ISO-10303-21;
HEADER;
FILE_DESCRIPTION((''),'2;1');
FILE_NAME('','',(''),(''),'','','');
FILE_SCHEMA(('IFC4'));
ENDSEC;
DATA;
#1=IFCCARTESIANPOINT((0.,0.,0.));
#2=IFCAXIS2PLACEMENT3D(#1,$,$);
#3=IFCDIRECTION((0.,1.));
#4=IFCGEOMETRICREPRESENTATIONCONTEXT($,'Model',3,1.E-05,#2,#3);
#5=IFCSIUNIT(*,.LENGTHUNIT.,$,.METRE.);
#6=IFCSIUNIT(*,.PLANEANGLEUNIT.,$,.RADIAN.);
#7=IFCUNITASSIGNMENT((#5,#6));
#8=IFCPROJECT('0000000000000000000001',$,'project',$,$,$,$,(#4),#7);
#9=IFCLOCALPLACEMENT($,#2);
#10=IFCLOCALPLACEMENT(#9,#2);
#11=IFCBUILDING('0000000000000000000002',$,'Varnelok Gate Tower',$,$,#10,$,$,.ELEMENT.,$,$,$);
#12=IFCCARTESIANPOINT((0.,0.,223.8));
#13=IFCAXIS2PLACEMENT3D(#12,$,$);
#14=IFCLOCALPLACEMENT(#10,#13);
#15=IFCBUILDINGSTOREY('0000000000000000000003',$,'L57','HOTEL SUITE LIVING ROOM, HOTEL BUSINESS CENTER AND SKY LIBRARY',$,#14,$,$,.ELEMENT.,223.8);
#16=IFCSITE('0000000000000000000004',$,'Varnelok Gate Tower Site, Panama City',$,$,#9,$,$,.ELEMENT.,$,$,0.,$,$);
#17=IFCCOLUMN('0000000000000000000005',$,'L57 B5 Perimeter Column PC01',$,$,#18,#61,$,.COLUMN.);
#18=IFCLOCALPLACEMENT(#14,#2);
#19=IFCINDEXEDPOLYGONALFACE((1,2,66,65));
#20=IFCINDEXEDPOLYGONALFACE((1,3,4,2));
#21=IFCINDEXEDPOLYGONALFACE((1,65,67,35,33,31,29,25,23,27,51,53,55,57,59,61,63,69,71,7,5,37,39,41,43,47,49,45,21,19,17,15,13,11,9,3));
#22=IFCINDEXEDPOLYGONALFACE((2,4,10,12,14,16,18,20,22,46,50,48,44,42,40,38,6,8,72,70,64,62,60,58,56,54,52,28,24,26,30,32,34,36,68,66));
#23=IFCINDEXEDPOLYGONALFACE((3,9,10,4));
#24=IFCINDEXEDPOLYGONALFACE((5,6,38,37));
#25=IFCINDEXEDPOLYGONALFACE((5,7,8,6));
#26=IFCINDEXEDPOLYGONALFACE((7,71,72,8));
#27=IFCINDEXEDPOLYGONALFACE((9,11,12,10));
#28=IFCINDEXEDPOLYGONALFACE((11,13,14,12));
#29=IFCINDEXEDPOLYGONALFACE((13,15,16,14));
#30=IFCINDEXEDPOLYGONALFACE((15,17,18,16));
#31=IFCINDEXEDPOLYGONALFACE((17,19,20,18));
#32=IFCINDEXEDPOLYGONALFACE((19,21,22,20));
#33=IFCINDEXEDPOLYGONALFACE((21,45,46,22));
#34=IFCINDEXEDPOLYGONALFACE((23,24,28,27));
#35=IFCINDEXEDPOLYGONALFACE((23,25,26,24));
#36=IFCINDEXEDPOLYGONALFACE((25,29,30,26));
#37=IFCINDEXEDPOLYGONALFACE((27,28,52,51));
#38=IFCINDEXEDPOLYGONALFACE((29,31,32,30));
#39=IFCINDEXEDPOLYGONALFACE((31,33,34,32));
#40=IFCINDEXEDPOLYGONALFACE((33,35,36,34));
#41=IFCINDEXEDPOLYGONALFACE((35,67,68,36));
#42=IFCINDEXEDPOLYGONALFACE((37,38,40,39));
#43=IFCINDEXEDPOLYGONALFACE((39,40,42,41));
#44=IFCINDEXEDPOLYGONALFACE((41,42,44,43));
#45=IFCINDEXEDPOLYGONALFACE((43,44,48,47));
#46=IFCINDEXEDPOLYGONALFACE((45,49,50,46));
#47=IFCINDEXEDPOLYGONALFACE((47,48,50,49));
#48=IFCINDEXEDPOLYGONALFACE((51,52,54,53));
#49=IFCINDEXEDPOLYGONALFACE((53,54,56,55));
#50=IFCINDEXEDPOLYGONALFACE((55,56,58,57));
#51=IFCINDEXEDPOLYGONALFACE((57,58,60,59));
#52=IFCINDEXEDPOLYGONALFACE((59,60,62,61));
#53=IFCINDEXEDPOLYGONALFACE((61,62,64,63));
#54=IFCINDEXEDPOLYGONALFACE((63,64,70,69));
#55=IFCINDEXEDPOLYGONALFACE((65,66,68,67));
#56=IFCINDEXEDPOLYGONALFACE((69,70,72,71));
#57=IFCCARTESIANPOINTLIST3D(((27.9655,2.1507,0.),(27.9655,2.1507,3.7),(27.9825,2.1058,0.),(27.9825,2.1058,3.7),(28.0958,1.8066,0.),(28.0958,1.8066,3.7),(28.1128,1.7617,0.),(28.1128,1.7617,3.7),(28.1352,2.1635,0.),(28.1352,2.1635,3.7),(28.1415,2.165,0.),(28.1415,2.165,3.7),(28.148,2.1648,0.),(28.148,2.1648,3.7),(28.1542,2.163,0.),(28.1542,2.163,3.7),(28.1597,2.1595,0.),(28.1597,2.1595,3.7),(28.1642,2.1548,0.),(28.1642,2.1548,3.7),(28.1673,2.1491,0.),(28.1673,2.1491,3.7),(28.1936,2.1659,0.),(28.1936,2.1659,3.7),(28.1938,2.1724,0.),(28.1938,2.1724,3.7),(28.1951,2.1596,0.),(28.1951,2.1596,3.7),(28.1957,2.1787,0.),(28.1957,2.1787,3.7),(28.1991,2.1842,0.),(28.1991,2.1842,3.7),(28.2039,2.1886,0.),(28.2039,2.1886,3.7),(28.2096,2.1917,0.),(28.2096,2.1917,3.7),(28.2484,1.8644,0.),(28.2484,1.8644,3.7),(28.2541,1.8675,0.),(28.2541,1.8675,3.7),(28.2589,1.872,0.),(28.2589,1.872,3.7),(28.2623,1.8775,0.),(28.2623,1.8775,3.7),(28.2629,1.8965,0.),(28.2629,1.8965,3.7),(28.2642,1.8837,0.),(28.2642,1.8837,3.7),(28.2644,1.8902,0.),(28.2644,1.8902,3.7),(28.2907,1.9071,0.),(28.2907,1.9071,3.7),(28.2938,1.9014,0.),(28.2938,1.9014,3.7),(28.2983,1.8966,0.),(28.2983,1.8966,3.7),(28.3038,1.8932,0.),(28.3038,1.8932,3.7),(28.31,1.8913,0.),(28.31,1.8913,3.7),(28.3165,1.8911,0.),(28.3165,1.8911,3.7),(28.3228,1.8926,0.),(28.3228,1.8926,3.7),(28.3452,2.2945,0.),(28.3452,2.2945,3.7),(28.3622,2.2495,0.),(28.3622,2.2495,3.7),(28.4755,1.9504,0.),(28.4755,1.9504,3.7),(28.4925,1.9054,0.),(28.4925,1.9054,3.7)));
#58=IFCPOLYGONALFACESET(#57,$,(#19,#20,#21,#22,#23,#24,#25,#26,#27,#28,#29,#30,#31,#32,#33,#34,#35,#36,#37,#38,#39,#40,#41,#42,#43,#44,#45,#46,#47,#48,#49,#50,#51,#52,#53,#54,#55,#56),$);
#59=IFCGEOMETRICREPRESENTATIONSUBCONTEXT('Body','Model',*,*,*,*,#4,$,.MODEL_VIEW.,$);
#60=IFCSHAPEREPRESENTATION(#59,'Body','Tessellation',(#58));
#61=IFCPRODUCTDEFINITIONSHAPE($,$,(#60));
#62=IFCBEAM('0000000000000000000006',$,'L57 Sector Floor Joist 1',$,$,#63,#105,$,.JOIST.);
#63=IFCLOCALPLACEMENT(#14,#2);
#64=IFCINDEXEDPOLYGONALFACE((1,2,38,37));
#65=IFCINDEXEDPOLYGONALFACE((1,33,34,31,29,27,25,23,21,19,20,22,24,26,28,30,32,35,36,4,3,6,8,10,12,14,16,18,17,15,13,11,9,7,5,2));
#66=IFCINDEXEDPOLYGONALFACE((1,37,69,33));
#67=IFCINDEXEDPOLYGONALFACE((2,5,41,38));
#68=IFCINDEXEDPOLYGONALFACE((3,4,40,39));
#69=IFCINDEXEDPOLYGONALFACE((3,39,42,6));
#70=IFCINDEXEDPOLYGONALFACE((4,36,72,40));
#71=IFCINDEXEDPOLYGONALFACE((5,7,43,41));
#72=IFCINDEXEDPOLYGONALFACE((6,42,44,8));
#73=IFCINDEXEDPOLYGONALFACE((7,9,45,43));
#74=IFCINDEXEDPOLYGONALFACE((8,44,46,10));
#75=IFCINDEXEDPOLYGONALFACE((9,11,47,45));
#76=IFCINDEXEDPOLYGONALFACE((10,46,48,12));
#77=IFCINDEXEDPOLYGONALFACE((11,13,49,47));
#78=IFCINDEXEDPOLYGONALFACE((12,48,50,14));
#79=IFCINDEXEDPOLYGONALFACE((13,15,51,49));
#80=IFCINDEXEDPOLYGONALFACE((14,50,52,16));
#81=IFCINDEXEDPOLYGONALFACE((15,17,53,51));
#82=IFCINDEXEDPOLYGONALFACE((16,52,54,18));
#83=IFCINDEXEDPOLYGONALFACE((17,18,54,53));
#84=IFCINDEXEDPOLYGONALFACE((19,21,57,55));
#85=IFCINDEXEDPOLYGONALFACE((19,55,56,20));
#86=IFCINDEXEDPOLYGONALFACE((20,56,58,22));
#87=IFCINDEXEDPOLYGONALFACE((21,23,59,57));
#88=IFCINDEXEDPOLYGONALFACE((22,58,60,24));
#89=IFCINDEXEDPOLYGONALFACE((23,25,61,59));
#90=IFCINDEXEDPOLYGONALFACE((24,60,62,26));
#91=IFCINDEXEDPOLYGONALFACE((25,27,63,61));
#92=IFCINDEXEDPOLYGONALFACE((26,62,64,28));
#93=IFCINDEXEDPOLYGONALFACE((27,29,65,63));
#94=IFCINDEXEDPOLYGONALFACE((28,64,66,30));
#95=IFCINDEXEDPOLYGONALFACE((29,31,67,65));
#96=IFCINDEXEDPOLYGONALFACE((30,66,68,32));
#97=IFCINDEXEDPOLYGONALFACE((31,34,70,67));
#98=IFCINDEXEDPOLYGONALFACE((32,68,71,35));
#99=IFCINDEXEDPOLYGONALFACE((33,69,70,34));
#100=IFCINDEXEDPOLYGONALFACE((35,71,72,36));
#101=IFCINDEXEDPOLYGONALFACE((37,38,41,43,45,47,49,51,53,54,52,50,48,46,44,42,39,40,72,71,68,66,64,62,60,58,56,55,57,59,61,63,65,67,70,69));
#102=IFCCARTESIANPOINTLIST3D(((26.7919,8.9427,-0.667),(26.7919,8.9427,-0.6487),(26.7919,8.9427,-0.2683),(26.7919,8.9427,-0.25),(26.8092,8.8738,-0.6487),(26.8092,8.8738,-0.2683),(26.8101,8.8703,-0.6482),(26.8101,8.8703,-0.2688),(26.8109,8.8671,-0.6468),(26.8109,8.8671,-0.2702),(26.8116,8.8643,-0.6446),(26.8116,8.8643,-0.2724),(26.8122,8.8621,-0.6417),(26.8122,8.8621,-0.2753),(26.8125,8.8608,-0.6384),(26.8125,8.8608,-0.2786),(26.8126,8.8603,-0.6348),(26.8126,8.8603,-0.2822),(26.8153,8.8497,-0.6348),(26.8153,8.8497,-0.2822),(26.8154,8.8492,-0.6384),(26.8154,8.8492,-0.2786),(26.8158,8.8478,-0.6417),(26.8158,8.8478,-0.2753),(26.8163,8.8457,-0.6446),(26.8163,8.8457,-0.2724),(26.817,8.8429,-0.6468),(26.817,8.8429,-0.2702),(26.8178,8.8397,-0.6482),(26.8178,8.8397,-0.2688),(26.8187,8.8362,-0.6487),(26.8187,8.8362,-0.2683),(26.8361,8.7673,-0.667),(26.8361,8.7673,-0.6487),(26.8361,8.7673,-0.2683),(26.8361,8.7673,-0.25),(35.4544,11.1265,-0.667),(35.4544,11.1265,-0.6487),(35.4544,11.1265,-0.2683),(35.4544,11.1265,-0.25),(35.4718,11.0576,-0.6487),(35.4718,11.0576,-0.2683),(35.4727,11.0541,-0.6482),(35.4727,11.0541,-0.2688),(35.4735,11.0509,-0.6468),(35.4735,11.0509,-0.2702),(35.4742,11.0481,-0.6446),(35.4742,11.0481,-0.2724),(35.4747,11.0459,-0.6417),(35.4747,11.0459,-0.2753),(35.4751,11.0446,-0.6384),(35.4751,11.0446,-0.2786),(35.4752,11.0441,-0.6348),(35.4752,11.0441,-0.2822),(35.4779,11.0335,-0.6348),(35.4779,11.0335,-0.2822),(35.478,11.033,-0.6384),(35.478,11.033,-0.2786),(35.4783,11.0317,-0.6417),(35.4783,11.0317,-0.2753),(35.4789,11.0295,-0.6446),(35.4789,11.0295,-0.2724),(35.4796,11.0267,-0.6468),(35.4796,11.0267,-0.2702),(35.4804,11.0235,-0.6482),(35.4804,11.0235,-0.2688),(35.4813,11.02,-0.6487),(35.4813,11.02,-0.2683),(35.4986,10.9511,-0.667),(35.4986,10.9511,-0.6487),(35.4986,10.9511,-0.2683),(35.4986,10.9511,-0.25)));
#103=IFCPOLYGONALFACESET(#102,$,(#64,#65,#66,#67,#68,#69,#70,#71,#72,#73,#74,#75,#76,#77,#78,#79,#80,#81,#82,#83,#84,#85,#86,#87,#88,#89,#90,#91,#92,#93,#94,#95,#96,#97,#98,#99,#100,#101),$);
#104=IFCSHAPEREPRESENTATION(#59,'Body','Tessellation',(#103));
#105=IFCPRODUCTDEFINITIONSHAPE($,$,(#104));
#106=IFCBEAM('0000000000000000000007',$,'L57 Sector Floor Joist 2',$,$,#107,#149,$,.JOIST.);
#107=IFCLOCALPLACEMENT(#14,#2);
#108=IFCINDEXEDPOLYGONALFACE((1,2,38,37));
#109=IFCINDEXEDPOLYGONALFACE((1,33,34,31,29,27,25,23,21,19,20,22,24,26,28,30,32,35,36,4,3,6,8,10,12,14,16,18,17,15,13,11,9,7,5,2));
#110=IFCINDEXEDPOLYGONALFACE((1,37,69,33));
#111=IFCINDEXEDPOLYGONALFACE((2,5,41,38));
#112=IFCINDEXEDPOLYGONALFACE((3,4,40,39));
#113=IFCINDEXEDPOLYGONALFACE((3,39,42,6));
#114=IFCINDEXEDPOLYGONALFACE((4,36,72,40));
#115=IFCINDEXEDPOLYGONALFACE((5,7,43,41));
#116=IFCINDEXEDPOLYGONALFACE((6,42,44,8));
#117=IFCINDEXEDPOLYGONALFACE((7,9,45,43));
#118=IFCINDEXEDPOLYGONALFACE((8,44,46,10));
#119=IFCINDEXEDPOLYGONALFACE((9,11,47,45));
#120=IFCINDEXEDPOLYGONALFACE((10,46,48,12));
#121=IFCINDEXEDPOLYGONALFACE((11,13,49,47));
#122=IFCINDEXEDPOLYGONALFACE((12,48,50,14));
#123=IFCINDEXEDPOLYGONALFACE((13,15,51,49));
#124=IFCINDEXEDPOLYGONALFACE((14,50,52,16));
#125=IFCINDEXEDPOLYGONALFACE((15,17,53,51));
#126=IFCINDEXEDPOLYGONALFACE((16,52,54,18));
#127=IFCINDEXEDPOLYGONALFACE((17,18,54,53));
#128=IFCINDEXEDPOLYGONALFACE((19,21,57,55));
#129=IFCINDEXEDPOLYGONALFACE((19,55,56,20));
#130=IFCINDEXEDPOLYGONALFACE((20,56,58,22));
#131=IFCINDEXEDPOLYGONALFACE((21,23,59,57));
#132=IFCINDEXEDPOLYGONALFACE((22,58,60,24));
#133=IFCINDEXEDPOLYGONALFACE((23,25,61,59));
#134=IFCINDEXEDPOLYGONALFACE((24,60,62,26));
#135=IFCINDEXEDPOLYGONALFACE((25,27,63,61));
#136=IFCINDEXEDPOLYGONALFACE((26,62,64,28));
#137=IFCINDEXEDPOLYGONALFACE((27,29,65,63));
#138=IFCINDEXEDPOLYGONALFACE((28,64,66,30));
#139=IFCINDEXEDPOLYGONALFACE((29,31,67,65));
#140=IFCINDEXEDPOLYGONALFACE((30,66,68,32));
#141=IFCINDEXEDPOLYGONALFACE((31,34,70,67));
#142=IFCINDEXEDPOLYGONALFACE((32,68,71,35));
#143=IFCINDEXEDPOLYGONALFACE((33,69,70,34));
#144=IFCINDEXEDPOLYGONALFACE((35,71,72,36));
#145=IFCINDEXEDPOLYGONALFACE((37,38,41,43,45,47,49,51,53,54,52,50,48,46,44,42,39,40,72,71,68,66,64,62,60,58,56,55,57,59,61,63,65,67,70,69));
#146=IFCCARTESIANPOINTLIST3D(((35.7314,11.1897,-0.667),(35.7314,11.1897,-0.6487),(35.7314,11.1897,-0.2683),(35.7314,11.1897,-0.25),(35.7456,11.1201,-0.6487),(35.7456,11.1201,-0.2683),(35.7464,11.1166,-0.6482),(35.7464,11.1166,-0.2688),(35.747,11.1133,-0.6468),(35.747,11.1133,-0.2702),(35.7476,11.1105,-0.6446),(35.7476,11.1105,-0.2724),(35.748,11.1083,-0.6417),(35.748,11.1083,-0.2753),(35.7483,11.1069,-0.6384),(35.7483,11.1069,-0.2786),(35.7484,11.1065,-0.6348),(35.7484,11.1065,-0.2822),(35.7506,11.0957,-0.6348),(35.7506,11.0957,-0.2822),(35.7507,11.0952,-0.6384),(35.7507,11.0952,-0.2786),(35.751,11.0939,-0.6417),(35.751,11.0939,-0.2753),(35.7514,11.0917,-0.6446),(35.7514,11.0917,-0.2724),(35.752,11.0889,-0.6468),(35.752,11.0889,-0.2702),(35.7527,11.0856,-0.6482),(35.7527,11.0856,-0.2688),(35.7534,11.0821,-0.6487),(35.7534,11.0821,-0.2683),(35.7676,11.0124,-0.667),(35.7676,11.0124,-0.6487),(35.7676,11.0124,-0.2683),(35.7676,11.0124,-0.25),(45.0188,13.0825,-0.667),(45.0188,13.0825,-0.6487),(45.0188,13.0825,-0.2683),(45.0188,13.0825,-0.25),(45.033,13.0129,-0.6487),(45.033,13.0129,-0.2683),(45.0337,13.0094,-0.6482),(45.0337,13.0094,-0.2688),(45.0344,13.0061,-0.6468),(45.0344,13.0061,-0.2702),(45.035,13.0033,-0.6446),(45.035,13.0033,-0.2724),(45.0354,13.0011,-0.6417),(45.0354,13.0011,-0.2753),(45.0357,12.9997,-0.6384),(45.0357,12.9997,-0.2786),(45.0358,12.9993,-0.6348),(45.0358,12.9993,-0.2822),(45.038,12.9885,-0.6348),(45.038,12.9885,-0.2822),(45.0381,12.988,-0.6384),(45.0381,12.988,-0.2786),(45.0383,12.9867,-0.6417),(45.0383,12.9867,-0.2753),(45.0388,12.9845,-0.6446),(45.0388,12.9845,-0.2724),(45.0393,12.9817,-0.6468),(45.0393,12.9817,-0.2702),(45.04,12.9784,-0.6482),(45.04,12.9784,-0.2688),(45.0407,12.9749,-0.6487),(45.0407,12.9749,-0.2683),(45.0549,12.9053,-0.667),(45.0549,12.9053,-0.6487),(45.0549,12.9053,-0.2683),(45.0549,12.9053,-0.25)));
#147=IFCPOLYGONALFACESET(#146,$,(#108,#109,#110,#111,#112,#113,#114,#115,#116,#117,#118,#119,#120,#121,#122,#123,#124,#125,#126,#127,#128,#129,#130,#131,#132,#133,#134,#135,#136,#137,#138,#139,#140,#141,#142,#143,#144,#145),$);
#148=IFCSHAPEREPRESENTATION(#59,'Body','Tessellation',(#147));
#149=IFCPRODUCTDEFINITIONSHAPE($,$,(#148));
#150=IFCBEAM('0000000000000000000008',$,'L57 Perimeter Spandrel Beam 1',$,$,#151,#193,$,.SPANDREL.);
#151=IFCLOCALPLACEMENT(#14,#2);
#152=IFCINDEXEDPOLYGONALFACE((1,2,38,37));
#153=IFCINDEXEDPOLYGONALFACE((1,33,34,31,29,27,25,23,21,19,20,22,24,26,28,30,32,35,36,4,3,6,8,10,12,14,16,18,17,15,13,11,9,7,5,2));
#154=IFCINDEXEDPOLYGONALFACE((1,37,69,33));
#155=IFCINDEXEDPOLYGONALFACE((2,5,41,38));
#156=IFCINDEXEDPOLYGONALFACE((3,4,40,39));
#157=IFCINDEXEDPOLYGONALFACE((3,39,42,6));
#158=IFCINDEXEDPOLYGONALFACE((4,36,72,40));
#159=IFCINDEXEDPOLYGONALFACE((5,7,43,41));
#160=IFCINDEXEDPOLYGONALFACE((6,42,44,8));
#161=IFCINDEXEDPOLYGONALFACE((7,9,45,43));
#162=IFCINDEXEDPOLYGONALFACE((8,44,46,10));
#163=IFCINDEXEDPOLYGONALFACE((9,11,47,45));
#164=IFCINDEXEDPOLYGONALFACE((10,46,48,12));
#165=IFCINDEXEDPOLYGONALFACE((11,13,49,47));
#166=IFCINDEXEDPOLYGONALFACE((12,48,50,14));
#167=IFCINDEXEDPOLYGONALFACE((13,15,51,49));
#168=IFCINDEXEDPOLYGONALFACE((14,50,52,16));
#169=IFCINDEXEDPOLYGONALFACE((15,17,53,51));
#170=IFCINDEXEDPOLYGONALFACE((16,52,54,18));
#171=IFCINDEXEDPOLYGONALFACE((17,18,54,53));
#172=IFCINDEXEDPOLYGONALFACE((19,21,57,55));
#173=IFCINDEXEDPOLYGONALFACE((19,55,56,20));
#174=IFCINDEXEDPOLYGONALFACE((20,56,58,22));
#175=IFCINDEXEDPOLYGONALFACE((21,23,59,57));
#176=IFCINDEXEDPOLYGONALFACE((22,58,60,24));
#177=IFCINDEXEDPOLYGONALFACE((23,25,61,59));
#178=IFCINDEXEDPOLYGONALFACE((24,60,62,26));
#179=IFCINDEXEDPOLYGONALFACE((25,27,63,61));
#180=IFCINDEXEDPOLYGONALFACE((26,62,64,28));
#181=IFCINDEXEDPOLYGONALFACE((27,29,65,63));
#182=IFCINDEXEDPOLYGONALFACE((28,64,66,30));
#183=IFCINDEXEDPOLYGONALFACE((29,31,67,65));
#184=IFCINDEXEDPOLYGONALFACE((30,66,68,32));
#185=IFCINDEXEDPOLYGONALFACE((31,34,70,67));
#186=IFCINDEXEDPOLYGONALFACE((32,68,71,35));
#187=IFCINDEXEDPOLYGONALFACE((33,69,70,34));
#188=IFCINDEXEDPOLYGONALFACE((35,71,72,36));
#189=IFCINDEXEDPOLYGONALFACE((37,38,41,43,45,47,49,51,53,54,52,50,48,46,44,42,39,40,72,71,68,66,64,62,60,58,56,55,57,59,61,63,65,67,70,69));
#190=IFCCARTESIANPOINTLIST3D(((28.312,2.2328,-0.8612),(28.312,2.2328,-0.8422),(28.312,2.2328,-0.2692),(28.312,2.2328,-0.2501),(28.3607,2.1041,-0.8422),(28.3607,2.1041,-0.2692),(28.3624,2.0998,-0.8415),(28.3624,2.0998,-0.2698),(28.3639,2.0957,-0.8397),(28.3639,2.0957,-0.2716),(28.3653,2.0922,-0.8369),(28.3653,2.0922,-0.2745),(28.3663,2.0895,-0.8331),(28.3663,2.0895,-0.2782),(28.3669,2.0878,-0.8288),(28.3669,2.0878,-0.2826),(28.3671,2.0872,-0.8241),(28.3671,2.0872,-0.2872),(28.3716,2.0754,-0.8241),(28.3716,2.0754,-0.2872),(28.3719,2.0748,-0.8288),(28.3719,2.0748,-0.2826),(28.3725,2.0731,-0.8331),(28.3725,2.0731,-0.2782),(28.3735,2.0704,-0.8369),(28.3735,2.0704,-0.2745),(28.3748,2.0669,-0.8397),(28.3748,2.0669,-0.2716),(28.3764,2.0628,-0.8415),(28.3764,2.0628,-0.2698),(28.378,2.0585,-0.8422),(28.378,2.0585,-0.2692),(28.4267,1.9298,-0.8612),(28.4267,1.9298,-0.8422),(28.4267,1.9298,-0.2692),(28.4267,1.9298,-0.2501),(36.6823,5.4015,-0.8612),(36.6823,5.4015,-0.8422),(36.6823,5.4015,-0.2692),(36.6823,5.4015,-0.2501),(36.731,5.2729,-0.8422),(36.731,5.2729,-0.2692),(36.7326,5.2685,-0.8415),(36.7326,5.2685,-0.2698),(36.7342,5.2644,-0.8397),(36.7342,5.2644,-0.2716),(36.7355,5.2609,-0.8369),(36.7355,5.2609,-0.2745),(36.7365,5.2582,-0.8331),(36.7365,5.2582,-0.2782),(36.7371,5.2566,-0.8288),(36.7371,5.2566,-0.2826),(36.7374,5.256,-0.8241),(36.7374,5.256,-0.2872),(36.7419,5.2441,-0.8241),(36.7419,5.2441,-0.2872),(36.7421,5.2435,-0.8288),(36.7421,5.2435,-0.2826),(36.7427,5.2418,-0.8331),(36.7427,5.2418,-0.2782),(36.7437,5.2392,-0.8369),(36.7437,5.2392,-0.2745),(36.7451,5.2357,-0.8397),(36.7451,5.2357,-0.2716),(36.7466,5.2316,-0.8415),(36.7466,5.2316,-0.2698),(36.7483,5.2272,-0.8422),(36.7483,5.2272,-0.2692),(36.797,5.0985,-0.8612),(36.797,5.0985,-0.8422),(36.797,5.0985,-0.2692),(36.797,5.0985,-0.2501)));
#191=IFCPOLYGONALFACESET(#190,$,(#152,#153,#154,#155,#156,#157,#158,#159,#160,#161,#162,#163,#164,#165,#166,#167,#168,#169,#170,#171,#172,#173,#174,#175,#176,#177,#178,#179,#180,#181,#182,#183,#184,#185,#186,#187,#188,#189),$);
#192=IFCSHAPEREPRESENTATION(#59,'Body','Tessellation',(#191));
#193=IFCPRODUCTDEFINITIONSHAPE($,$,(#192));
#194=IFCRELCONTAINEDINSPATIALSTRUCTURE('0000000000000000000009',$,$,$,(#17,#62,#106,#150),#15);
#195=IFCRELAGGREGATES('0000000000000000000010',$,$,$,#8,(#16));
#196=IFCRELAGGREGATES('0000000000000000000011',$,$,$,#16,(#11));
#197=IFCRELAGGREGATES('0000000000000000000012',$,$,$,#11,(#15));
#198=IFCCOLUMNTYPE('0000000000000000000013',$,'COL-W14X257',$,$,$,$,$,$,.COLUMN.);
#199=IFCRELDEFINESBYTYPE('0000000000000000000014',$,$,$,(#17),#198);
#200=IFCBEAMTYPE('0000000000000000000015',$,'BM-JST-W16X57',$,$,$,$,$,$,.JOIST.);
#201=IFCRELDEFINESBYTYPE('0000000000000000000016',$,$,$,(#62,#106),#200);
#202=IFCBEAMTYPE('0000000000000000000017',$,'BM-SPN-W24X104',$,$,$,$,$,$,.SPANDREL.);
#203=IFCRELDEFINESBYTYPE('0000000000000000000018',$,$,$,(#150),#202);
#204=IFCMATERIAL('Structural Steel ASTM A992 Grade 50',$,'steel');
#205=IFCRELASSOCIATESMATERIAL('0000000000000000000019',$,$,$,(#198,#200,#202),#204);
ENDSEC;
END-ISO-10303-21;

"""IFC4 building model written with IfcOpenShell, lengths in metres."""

from ifc_helpers import new_model, si_unit, direction, frame, origin, origin_2d, place, context, subcontext, project, spatial, i_section, extrude, material, material_profile, profile_set, type_object, element, save


model = new_model("IFC4")

# Units and contexts
model_context = context("Model", 3, precision=1e-05, world=origin(), true_north=direction((0.0, 1.0)))
body_context = subcontext(model_context, "Body", "Model", "MODEL_VIEW")
ifc_project = project(units=[si_unit("LENGTHUNIT", "METRE"), si_unit("PLANEANGLEUNIT", "RADIAN")], contexts=[model_context])

# Site, building, storey
site_placement = place(None, origin())
site = spatial("IfcSite", under=ifc_project, at=site_placement, Name="Varnelok Gate Tower Site, Panama City", CompositionType="ELEMENT", RefElevation=0.0)
building_placement = place(site_placement, origin())
building = spatial("IfcBuilding", under=site, at=building_placement, Name="Varnelok Gate Tower", CompositionType="ELEMENT")
storey_placement = place(building_placement, frame((0.0, 0.0, 223.8)))
storey = spatial("IfcBuildingStorey", under=building, at=storey_placement, Name="L57", Description="HOTEL SUITE LIVING ROOM, HOTEL BUSINESS CENTER AND SKY LIBRARY", CompositionType="ELEMENT", Elevation=223.8)

# Column
ifc_material_1 = material(Name="Structural Steel ASTM A992 Grade 50", Category="steel")
ifc_material_profile_1 = material_profile(ifc_material_1, i_section(OverallWidth=0.406, OverallDepth=0.416, WebThickness=0.0298, FlangeThickness=0.0481, FilletRadius=0.0249, at=origin_2d()), Name="W14X257")
ifc_profile_set_1 = profile_set([ifc_material_profile_1], Name="Structural Steel ASTM A992 Grade 50")
column_type = type_object("IfcColumnType", Name="COL-W14X257", PredefinedType="COLUMN", material=ifc_profile_set_1)
column_placement = place(storey_placement, frame((28.229, 2.0281, 0.0), z_axis=(0.0, 0.0, 1.0), x_axis=(0.935222, 0.354063, 0.0)))
element("IfcColumn", 1, at=column_placement, inside=storey, type_object=column_type, Name="L57 B5 Perimeter Column PC01", PredefinedType="COLUMN", context=body_context, shape_type="SweptSolid", body=[
    extrude(i_section(OverallWidth=0.406, OverallDepth=0.416, WebThickness=0.0298, FlangeThickness=0.0481, FilletRadius=0.0249, at=origin_2d()), origin(), (0.0, 0.0, 1.0), 3.7),
])

# Beams
ifc_material_profile_2 = material_profile(ifc_material_1, i_section(OverallWidth=0.1809, OverallDepth=0.417, WebThickness=0.011, FlangeThickness=0.0183, FilletRadius=0.0139, at=origin_2d()), Name="W16X57")
ifc_profile_set_2 = profile_set([ifc_material_profile_2], Name="Structural Steel ASTM A992 Grade 50")
beam_type_1 = type_object("IfcBeamType", Name="BM-JST-W16X57", PredefinedType="JOIST", material=ifc_profile_set_2)
beam_1_placement = place(storey_placement, frame((26.814, 8.855, -0.4585), z_axis=(0.969662, 0.244451, 0.0), x_axis=(-0.244451, 0.969662, 0.0)))
element("IfcBeam", 2, at=beam_1_placement, inside=storey, type_object=beam_type_1, Name="L57 Sector Floor Joist 1", PredefinedType="JOIST", context=body_context, shape_type="SweptSolid", body=[
    extrude(i_section(OverallWidth=0.1809, OverallDepth=0.417, WebThickness=0.011, FlangeThickness=0.0183, FilletRadius=0.0139, at=origin_2d()), origin(), (0.0, 0.0, 1.0), 8.9336),
])
beam_2_placement = place(storey_placement, frame((35.7495, 11.1011, -0.4585), z_axis=(0.979857, 0.199701, 0.0), x_axis=(-0.199701, 0.979857, 0.0)))
element("IfcBeam", 3, at=beam_2_placement, inside=storey, type_object=beam_type_1, Name="L57 Sector Floor Joist 2", PredefinedType="JOIST", context=body_context, shape_type="SweptSolid", body=[
    extrude(i_section(OverallWidth=0.1809, OverallDepth=0.417, WebThickness=0.011, FlangeThickness=0.0183, FilletRadius=0.0139, at=origin_2d()), origin(), (0.0, 0.0, 1.0), 9.4783),
])
ifc_material_profile_3 = material_profile(ifc_material_1, i_section(OverallWidth=0.324, OverallDepth=0.6111, WebThickness=0.0127, FlangeThickness=0.019, FilletRadius=0.0181, at=origin_2d()), Name="W24X104")
ifc_profile_set_3 = profile_set([ifc_material_profile_3], Name="Structural Steel ASTM A992 Grade 50")
beam_type_2 = type_object("IfcBeamType", Name="BM-SPN-W24X104", PredefinedType="SPANDREL", material=ifc_profile_set_3)
beam_3_placement = place(storey_placement, frame((28.3694, 2.0813, -0.5557), z_axis=(0.935226, 0.354051, 0.0), x_axis=(-0.354051, 0.935226, 0.0)))
element("IfcBeam", 4, at=beam_3_placement, inside=storey, type_object=beam_type_2, Name="L57 Perimeter Spandrel Beam 1", PredefinedType="SPANDREL", context=body_context, shape_type="SweptSolid", body=[
    extrude(i_section(OverallWidth=0.324, OverallDepth=0.6111, WebThickness=0.0127, FlangeThickness=0.019, FilletRadius=0.0181, at=origin_2d()), origin(), (0.0, 0.0, 1.0), 8.95),
])

save(model, "model.ifc")
